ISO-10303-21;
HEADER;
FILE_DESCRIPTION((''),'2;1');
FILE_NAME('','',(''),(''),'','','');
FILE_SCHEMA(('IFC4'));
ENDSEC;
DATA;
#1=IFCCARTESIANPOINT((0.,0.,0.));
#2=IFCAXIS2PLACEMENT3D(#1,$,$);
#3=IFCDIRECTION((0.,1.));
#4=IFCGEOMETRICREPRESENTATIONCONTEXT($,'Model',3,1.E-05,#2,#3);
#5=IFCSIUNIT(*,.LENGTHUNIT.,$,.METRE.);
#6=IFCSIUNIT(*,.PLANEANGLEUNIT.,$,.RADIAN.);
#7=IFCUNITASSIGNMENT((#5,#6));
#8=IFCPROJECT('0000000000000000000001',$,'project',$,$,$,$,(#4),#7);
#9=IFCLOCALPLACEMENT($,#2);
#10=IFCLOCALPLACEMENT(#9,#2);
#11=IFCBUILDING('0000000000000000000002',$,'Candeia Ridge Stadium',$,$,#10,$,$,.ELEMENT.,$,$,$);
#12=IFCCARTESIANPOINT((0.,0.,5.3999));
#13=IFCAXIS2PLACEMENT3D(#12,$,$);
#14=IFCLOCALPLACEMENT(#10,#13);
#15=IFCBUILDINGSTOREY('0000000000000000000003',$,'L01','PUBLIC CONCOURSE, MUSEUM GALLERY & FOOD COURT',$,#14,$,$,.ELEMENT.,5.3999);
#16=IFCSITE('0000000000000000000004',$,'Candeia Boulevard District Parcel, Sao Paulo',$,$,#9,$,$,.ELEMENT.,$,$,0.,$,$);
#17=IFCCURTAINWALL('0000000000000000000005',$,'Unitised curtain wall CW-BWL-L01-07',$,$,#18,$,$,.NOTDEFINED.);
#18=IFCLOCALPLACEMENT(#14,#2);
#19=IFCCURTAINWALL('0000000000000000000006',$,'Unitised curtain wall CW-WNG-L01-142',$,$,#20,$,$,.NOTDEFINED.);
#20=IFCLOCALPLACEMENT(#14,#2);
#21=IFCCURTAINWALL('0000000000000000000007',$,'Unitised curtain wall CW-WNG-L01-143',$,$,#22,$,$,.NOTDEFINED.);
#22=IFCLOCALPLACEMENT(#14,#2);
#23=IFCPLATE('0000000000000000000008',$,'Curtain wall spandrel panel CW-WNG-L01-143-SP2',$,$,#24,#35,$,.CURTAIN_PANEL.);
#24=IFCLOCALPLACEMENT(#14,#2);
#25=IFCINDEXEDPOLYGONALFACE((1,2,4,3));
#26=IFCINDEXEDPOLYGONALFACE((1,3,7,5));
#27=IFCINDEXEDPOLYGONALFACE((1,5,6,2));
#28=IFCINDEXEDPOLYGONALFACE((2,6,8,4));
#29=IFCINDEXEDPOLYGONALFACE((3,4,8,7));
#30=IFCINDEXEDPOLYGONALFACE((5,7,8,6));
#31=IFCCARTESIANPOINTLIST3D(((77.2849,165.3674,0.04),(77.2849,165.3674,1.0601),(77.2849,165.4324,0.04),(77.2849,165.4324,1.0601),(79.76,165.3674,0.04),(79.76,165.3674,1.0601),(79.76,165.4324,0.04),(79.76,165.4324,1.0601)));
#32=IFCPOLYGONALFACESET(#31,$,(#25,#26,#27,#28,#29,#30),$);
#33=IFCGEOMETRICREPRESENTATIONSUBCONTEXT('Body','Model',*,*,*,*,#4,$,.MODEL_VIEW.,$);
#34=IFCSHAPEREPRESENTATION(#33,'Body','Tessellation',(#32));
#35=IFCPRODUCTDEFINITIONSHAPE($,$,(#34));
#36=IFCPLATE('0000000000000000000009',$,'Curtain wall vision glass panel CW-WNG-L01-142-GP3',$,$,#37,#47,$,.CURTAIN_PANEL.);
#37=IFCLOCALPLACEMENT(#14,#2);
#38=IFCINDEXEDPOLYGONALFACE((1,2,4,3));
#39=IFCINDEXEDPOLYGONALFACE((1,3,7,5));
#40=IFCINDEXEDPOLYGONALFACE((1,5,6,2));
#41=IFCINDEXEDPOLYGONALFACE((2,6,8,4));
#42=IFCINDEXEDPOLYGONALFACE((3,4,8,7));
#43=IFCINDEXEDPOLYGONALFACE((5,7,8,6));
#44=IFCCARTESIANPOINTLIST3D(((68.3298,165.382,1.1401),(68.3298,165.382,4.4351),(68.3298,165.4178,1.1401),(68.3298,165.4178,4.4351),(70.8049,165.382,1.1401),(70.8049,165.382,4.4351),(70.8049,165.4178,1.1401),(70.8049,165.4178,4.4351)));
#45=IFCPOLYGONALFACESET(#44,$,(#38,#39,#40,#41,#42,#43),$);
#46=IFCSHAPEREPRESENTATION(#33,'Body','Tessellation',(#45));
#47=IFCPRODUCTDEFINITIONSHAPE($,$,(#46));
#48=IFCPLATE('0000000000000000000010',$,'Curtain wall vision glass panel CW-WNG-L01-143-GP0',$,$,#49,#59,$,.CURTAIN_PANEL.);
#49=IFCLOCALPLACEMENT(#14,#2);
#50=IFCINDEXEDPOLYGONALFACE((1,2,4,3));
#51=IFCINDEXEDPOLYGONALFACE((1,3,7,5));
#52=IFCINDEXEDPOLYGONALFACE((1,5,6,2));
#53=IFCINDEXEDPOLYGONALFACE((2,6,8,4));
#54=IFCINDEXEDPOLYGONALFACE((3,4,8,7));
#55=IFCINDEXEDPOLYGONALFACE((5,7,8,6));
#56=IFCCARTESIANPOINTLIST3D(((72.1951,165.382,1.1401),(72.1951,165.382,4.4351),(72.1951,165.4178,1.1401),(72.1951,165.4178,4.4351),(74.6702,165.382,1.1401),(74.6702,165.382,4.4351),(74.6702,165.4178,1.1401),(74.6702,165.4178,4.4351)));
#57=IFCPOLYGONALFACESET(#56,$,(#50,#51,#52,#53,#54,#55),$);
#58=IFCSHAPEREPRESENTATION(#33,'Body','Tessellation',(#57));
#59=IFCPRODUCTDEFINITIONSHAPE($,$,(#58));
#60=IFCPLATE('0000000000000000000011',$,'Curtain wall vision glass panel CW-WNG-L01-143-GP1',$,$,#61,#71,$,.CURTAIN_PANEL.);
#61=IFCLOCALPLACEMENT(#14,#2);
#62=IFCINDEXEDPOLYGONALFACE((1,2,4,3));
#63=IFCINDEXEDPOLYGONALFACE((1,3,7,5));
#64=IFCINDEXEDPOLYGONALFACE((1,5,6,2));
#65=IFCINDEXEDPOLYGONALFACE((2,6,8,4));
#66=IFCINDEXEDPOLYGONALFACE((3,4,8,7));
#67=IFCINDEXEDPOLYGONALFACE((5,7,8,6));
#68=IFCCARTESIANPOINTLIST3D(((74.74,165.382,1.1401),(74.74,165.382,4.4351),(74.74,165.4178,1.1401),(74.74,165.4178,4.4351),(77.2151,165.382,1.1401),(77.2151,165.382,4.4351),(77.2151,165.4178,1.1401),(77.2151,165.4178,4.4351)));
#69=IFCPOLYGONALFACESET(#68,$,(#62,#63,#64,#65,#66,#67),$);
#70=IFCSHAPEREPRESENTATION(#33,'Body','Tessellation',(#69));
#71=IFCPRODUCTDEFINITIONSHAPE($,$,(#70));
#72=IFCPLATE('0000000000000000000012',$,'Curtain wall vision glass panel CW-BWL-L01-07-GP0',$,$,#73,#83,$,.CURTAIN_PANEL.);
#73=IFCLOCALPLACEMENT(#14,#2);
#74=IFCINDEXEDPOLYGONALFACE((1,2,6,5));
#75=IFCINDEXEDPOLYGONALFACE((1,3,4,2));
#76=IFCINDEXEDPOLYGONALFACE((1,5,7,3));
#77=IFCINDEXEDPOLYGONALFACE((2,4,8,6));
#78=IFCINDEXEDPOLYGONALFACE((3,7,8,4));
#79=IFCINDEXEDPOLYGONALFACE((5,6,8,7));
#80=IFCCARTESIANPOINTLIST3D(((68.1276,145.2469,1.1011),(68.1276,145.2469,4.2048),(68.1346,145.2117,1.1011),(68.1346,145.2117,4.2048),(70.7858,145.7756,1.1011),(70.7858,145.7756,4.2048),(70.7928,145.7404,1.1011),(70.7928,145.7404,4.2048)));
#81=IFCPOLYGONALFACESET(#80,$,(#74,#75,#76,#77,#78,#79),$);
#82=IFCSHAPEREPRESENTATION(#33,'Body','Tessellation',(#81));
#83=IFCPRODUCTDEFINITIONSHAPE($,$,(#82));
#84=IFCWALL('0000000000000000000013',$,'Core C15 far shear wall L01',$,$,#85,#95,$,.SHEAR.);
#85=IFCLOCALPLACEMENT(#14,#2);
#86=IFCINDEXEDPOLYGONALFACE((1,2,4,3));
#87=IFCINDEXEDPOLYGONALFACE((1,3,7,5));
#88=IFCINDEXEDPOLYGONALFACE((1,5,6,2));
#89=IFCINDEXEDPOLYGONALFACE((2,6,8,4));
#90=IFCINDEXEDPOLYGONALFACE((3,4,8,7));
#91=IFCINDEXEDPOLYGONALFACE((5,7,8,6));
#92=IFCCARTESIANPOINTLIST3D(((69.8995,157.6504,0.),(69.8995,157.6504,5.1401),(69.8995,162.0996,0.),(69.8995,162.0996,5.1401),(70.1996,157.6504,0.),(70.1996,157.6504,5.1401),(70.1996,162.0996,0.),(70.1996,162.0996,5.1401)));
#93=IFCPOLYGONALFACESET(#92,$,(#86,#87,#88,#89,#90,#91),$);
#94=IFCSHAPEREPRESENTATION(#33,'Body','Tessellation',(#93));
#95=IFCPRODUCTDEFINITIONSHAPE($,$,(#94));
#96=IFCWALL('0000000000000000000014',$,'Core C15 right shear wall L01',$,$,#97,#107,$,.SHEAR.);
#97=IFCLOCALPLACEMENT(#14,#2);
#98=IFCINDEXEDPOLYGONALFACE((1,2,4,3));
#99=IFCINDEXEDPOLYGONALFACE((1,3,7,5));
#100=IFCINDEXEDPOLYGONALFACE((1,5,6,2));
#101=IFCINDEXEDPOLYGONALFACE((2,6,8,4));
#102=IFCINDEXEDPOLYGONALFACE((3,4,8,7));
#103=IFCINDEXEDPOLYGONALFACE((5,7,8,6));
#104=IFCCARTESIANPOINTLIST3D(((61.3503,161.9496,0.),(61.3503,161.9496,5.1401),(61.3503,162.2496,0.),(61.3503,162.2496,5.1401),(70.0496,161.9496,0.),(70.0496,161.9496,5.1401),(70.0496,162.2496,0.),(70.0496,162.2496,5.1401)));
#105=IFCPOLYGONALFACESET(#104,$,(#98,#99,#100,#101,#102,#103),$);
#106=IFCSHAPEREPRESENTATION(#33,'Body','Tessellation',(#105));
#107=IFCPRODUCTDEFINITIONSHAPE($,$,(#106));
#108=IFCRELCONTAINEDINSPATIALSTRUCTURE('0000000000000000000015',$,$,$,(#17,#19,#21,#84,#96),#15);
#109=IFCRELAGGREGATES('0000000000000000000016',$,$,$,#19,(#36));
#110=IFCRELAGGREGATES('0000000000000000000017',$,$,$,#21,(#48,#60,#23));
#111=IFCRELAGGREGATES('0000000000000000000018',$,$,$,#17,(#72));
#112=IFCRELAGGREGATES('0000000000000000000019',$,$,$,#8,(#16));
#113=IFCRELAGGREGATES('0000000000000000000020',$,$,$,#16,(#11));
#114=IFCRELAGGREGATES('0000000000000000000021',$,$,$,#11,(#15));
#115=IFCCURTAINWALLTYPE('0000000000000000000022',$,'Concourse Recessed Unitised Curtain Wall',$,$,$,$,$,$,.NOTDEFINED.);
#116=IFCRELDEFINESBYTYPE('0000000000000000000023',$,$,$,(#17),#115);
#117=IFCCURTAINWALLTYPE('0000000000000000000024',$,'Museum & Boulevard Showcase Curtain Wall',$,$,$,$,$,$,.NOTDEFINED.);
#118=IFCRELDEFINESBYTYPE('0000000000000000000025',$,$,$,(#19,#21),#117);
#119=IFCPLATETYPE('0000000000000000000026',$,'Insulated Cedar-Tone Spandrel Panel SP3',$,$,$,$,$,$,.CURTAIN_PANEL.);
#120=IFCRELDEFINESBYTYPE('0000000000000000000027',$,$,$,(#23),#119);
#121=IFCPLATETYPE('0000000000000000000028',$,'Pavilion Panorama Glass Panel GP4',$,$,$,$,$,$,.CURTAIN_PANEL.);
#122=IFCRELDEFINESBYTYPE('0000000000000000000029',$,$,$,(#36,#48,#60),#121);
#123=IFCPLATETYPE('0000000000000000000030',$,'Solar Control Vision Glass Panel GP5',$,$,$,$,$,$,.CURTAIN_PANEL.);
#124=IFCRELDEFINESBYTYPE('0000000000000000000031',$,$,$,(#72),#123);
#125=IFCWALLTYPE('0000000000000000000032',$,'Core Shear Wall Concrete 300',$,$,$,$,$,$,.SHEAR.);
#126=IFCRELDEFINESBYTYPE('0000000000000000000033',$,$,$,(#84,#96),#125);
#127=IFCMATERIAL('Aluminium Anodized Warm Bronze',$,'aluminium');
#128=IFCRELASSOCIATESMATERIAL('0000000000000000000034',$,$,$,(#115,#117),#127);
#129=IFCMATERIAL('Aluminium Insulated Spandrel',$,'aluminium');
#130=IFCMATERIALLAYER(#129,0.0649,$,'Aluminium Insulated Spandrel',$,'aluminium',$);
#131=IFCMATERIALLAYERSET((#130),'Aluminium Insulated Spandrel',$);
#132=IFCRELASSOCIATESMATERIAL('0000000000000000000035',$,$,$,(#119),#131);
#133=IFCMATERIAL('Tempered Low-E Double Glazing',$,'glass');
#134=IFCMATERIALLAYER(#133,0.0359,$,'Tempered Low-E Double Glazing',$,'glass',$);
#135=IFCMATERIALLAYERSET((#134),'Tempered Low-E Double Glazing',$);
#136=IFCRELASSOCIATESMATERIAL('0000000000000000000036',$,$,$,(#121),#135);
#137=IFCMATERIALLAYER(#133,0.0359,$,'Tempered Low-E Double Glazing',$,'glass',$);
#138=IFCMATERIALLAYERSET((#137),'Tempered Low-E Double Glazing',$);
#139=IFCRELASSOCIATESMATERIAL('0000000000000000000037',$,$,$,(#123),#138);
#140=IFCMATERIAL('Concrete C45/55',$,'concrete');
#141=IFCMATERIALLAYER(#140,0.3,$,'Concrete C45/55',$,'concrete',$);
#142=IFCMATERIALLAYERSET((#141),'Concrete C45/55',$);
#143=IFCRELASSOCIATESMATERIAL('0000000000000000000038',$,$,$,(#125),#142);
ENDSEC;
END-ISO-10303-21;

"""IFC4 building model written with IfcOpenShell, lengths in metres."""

from ifc_helpers import new_model, si_unit, direction, frame, frame_2d, origin, origin_2d, place, context, subcontext, project, spatial, rectangle, extrude, material, layer, layer_set, type_object, element, aggregate, save


model = new_model("IFC4")

# Units and contexts
model_context = context("Model", 3, precision=1e-05, world=origin(), true_north=direction((0.0, 1.0)))
body_context = subcontext(model_context, "Body", "Model", "MODEL_VIEW")
ifc_project = project(units=[si_unit("LENGTHUNIT", "METRE"), si_unit("PLANEANGLEUNIT", "RADIAN")], contexts=[model_context])

# Site, building, storey
site_placement = place(None, origin())
site = spatial("IfcSite", under=ifc_project, at=site_placement, Name="Candeia Boulevard District Parcel, Sao Paulo", CompositionType="ELEMENT", RefElevation=0.0)
building_placement = place(site_placement, origin())
building = spatial("IfcBuilding", under=site, at=building_placement, Name="Candeia Ridge Stadium", CompositionType="ELEMENT")
storey_placement = place(building_placement, frame((0.0, 0.0, 5.3999)))
storey = spatial("IfcBuildingStorey", under=building, at=storey_placement, Name="L01", Description="PUBLIC CONCOURSE, MUSEUM GALLERY & FOOD COURT", CompositionType="ELEMENT", Elevation=5.3999)

# Shared definitions
ifc_material_1 = material(Name="Concrete C45/55", Category="concrete")

# Curtain walls
ifc_material_2 = material(Name="Aluminium Anodized Warm Bronze", Category="aluminium")
curtain_wall_type_1 = type_object("IfcCurtainWallType", Name="Concourse Recessed Unitised Curtain Wall", PredefinedType="NOTDEFINED", material=ifc_material_2)
curtain_wall_1_placement = place(storey_placement, origin())
curtain_wall_1 = element("IfcCurtainWall", 1, at=curtain_wall_1_placement, inside=storey, type_object=curtain_wall_type_1, Name="Unitised curtain wall CW-BWL-L01-07", PredefinedType="NOTDEFINED")
curtain_wall_type_2 = type_object("IfcCurtainWallType", Name="Museum & Boulevard Showcase Curtain Wall", PredefinedType="NOTDEFINED", material=ifc_material_2)
curtain_wall_2_placement = place(storey_placement, origin())
curtain_wall_2 = element("IfcCurtainWall", 2, at=curtain_wall_2_placement, inside=storey, type_object=curtain_wall_type_2, Name="Unitised curtain wall CW-WNG-L01-142", PredefinedType="NOTDEFINED")
curtain_wall_3_placement = place(storey_placement, origin())
curtain_wall_3 = element("IfcCurtainWall", 3, at=curtain_wall_3_placement, inside=storey, type_object=curtain_wall_type_2, Name="Unitised curtain wall CW-WNG-L01-143", PredefinedType="NOTDEFINED")

# Plates
ifc_material_3 = material(Name="Aluminium Insulated Spandrel", Category="aluminium")
ifc_layer_1 = layer(ifc_material_3, 0.0649, Name="Aluminium Insulated Spandrel", Category="aluminium")
ifc_layer_set_1 = layer_set([ifc_layer_1], Name="Aluminium Insulated Spandrel")
plate_type_1 = type_object("IfcPlateType", Name="Insulated Cedar-Tone Spandrel Panel SP3", PredefinedType="CURTAIN_PANEL", material=ifc_layer_set_1)
plate_1_placement = place(storey_placement, frame((78.5225, 165.3999, 0.04), z_axis=(0.0, 0.0, 1.0), x_axis=(1.0, 0.0, 0.0)))
plate_1 = element("IfcPlate", 4, at=plate_1_placement, type_object=plate_type_1, Name="Curtain wall spandrel panel CW-WNG-L01-143-SP2", PredefinedType="CURTAIN_PANEL", context=body_context, shape_type="SweptSolid", body=[
    extrude(rectangle(XDim=2.4751, YDim=0.0649, at=origin_2d()), origin(), (0.0, 0.0, 1.0), 1.02),
])
ifc_material_4 = material(Name="Tempered Low-E Double Glazing", Category="glass")
ifc_layer_2 = layer(ifc_material_4, 0.0359, Name="Tempered Low-E Double Glazing", Category="glass")
ifc_layer_set_2 = layer_set([ifc_layer_2], Name="Tempered Low-E Double Glazing")
plate_type_2 = type_object("IfcPlateType", Name="Pavilion Panorama Glass Panel GP4", PredefinedType="CURTAIN_PANEL", material=ifc_layer_set_2)
plate_2_placement = place(storey_placement, frame((69.5674, 165.3999, 1.1401), z_axis=(0.0, 0.0, 1.0), x_axis=(1.0, 0.0, 0.0)))
plate_2 = element("IfcPlate", 5, at=plate_2_placement, type_object=plate_type_2, Name="Curtain wall vision glass panel CW-WNG-L01-142-GP3", PredefinedType="CURTAIN_PANEL", context=body_context, shape_type="SweptSolid", body=[
    extrude(rectangle(XDim=2.4751, YDim=0.0359, at=origin_2d()), origin(), (0.0, 0.0, 1.0), 3.2949),
])
aggregate(curtain_wall_2, [plate_2])
plate_3_placement = place(storey_placement, frame((73.4326, 165.3999, 1.1401), z_axis=(0.0, 0.0, 1.0), x_axis=(1.0, 0.0, 0.0)))
plate_3 = element("IfcPlate", 6, at=plate_3_placement, type_object=plate_type_2, Name="Curtain wall vision glass panel CW-WNG-L01-143-GP0", PredefinedType="CURTAIN_PANEL", context=body_context, shape_type="SweptSolid", body=[
    extrude(rectangle(XDim=2.4751, YDim=0.0359, at=origin_2d()), origin(), (0.0, 0.0, 1.0), 3.2949),
])
plate_4_placement = place(storey_placement, frame((75.9775, 165.3999, 1.1401), z_axis=(0.0, 0.0, 1.0), x_axis=(1.0, 0.0, 0.0)))
plate_4 = element("IfcPlate", 7, at=plate_4_placement, type_object=plate_type_2, Name="Curtain wall vision glass panel CW-WNG-L01-143-GP1", PredefinedType="CURTAIN_PANEL", context=body_context, shape_type="SweptSolid", body=[
    extrude(rectangle(XDim=2.4751, YDim=0.0359, at=origin_2d()), origin(), (0.0, 0.0, 1.0), 3.2949),
])
aggregate(curtain_wall_3, [plate_3, plate_4, plate_1])
ifc_layer_3 = layer(ifc_material_4, 0.0359, Name="Tempered Low-E Double Glazing", Category="glass")
ifc_layer_set_3 = layer_set([ifc_layer_3], Name="Tempered Low-E Double Glazing")
plate_type_3 = type_object("IfcPlateType", Name="Solar Control Vision Glass Panel GP5", PredefinedType="CURTAIN_PANEL", material=ifc_layer_set_3)
plate_5_placement = place(storey_placement, frame((69.4602, 145.4937, 1.1011), z_axis=(0.0, 0.0, 1.0), x_axis=(-0.980785, -0.19509, 0.0)))
plate_5 = element("IfcPlate", 8, at=plate_5_placement, type_object=plate_type_3, Name="Curtain wall vision glass panel CW-BWL-L01-07-GP0", PredefinedType="CURTAIN_PANEL", context=body_context, shape_type="SweptSolid", body=[
    extrude(rectangle(XDim=2.7102, YDim=0.0359, at=origin_2d()), origin(), (0.0, 0.0, 1.0), 3.1038),
])
aggregate(curtain_wall_1, [plate_5])

# Walls
ifc_layer_4 = layer(ifc_material_1, 0.3, Name="Concrete C45/55", Category="concrete")
ifc_layer_set_4 = layer_set([ifc_layer_4], Name="Concrete C45/55")
wall_type = type_object("IfcWallType", Name="Core Shear Wall Concrete 300", PredefinedType="SHEAR", material=ifc_layer_set_4)
wall_1_placement = place(storey_placement, frame((70.0496, 157.6504, 0.0), z_axis=(0.0, 0.0, 1.0), x_axis=(0.0, 1.0, 0.0)))
element("IfcWall", 9, at=wall_1_placement, inside=storey, type_object=wall_type, Name="Core C15 far shear wall L01", PredefinedType="SHEAR", context=body_context, shape_type="SweptSolid", body=[
    extrude(rectangle(XDim=4.4492, YDim=0.3, at=frame_2d((2.2246, 0.0))), origin(), (0.0, 0.0, 1.0), 5.1401),
])
wall_2_placement = place(storey_placement, frame((70.0496, 162.0996, 0.0), z_axis=(0.0, 0.0, 1.0), x_axis=(-1.0, 0.0, 0.0)))
element("IfcWall", 10, at=wall_2_placement, inside=storey, type_object=wall_type, Name="Core C15 right shear wall L01", PredefinedType="SHEAR", context=body_context, shape_type="SweptSolid", body=[
    extrude(rectangle(XDim=8.6992, YDim=0.3, at=frame_2d((4.3496, 0.0))), origin(), (0.0, 0.0, 1.0), 5.1401),
])

save(model, "model.ifc")
